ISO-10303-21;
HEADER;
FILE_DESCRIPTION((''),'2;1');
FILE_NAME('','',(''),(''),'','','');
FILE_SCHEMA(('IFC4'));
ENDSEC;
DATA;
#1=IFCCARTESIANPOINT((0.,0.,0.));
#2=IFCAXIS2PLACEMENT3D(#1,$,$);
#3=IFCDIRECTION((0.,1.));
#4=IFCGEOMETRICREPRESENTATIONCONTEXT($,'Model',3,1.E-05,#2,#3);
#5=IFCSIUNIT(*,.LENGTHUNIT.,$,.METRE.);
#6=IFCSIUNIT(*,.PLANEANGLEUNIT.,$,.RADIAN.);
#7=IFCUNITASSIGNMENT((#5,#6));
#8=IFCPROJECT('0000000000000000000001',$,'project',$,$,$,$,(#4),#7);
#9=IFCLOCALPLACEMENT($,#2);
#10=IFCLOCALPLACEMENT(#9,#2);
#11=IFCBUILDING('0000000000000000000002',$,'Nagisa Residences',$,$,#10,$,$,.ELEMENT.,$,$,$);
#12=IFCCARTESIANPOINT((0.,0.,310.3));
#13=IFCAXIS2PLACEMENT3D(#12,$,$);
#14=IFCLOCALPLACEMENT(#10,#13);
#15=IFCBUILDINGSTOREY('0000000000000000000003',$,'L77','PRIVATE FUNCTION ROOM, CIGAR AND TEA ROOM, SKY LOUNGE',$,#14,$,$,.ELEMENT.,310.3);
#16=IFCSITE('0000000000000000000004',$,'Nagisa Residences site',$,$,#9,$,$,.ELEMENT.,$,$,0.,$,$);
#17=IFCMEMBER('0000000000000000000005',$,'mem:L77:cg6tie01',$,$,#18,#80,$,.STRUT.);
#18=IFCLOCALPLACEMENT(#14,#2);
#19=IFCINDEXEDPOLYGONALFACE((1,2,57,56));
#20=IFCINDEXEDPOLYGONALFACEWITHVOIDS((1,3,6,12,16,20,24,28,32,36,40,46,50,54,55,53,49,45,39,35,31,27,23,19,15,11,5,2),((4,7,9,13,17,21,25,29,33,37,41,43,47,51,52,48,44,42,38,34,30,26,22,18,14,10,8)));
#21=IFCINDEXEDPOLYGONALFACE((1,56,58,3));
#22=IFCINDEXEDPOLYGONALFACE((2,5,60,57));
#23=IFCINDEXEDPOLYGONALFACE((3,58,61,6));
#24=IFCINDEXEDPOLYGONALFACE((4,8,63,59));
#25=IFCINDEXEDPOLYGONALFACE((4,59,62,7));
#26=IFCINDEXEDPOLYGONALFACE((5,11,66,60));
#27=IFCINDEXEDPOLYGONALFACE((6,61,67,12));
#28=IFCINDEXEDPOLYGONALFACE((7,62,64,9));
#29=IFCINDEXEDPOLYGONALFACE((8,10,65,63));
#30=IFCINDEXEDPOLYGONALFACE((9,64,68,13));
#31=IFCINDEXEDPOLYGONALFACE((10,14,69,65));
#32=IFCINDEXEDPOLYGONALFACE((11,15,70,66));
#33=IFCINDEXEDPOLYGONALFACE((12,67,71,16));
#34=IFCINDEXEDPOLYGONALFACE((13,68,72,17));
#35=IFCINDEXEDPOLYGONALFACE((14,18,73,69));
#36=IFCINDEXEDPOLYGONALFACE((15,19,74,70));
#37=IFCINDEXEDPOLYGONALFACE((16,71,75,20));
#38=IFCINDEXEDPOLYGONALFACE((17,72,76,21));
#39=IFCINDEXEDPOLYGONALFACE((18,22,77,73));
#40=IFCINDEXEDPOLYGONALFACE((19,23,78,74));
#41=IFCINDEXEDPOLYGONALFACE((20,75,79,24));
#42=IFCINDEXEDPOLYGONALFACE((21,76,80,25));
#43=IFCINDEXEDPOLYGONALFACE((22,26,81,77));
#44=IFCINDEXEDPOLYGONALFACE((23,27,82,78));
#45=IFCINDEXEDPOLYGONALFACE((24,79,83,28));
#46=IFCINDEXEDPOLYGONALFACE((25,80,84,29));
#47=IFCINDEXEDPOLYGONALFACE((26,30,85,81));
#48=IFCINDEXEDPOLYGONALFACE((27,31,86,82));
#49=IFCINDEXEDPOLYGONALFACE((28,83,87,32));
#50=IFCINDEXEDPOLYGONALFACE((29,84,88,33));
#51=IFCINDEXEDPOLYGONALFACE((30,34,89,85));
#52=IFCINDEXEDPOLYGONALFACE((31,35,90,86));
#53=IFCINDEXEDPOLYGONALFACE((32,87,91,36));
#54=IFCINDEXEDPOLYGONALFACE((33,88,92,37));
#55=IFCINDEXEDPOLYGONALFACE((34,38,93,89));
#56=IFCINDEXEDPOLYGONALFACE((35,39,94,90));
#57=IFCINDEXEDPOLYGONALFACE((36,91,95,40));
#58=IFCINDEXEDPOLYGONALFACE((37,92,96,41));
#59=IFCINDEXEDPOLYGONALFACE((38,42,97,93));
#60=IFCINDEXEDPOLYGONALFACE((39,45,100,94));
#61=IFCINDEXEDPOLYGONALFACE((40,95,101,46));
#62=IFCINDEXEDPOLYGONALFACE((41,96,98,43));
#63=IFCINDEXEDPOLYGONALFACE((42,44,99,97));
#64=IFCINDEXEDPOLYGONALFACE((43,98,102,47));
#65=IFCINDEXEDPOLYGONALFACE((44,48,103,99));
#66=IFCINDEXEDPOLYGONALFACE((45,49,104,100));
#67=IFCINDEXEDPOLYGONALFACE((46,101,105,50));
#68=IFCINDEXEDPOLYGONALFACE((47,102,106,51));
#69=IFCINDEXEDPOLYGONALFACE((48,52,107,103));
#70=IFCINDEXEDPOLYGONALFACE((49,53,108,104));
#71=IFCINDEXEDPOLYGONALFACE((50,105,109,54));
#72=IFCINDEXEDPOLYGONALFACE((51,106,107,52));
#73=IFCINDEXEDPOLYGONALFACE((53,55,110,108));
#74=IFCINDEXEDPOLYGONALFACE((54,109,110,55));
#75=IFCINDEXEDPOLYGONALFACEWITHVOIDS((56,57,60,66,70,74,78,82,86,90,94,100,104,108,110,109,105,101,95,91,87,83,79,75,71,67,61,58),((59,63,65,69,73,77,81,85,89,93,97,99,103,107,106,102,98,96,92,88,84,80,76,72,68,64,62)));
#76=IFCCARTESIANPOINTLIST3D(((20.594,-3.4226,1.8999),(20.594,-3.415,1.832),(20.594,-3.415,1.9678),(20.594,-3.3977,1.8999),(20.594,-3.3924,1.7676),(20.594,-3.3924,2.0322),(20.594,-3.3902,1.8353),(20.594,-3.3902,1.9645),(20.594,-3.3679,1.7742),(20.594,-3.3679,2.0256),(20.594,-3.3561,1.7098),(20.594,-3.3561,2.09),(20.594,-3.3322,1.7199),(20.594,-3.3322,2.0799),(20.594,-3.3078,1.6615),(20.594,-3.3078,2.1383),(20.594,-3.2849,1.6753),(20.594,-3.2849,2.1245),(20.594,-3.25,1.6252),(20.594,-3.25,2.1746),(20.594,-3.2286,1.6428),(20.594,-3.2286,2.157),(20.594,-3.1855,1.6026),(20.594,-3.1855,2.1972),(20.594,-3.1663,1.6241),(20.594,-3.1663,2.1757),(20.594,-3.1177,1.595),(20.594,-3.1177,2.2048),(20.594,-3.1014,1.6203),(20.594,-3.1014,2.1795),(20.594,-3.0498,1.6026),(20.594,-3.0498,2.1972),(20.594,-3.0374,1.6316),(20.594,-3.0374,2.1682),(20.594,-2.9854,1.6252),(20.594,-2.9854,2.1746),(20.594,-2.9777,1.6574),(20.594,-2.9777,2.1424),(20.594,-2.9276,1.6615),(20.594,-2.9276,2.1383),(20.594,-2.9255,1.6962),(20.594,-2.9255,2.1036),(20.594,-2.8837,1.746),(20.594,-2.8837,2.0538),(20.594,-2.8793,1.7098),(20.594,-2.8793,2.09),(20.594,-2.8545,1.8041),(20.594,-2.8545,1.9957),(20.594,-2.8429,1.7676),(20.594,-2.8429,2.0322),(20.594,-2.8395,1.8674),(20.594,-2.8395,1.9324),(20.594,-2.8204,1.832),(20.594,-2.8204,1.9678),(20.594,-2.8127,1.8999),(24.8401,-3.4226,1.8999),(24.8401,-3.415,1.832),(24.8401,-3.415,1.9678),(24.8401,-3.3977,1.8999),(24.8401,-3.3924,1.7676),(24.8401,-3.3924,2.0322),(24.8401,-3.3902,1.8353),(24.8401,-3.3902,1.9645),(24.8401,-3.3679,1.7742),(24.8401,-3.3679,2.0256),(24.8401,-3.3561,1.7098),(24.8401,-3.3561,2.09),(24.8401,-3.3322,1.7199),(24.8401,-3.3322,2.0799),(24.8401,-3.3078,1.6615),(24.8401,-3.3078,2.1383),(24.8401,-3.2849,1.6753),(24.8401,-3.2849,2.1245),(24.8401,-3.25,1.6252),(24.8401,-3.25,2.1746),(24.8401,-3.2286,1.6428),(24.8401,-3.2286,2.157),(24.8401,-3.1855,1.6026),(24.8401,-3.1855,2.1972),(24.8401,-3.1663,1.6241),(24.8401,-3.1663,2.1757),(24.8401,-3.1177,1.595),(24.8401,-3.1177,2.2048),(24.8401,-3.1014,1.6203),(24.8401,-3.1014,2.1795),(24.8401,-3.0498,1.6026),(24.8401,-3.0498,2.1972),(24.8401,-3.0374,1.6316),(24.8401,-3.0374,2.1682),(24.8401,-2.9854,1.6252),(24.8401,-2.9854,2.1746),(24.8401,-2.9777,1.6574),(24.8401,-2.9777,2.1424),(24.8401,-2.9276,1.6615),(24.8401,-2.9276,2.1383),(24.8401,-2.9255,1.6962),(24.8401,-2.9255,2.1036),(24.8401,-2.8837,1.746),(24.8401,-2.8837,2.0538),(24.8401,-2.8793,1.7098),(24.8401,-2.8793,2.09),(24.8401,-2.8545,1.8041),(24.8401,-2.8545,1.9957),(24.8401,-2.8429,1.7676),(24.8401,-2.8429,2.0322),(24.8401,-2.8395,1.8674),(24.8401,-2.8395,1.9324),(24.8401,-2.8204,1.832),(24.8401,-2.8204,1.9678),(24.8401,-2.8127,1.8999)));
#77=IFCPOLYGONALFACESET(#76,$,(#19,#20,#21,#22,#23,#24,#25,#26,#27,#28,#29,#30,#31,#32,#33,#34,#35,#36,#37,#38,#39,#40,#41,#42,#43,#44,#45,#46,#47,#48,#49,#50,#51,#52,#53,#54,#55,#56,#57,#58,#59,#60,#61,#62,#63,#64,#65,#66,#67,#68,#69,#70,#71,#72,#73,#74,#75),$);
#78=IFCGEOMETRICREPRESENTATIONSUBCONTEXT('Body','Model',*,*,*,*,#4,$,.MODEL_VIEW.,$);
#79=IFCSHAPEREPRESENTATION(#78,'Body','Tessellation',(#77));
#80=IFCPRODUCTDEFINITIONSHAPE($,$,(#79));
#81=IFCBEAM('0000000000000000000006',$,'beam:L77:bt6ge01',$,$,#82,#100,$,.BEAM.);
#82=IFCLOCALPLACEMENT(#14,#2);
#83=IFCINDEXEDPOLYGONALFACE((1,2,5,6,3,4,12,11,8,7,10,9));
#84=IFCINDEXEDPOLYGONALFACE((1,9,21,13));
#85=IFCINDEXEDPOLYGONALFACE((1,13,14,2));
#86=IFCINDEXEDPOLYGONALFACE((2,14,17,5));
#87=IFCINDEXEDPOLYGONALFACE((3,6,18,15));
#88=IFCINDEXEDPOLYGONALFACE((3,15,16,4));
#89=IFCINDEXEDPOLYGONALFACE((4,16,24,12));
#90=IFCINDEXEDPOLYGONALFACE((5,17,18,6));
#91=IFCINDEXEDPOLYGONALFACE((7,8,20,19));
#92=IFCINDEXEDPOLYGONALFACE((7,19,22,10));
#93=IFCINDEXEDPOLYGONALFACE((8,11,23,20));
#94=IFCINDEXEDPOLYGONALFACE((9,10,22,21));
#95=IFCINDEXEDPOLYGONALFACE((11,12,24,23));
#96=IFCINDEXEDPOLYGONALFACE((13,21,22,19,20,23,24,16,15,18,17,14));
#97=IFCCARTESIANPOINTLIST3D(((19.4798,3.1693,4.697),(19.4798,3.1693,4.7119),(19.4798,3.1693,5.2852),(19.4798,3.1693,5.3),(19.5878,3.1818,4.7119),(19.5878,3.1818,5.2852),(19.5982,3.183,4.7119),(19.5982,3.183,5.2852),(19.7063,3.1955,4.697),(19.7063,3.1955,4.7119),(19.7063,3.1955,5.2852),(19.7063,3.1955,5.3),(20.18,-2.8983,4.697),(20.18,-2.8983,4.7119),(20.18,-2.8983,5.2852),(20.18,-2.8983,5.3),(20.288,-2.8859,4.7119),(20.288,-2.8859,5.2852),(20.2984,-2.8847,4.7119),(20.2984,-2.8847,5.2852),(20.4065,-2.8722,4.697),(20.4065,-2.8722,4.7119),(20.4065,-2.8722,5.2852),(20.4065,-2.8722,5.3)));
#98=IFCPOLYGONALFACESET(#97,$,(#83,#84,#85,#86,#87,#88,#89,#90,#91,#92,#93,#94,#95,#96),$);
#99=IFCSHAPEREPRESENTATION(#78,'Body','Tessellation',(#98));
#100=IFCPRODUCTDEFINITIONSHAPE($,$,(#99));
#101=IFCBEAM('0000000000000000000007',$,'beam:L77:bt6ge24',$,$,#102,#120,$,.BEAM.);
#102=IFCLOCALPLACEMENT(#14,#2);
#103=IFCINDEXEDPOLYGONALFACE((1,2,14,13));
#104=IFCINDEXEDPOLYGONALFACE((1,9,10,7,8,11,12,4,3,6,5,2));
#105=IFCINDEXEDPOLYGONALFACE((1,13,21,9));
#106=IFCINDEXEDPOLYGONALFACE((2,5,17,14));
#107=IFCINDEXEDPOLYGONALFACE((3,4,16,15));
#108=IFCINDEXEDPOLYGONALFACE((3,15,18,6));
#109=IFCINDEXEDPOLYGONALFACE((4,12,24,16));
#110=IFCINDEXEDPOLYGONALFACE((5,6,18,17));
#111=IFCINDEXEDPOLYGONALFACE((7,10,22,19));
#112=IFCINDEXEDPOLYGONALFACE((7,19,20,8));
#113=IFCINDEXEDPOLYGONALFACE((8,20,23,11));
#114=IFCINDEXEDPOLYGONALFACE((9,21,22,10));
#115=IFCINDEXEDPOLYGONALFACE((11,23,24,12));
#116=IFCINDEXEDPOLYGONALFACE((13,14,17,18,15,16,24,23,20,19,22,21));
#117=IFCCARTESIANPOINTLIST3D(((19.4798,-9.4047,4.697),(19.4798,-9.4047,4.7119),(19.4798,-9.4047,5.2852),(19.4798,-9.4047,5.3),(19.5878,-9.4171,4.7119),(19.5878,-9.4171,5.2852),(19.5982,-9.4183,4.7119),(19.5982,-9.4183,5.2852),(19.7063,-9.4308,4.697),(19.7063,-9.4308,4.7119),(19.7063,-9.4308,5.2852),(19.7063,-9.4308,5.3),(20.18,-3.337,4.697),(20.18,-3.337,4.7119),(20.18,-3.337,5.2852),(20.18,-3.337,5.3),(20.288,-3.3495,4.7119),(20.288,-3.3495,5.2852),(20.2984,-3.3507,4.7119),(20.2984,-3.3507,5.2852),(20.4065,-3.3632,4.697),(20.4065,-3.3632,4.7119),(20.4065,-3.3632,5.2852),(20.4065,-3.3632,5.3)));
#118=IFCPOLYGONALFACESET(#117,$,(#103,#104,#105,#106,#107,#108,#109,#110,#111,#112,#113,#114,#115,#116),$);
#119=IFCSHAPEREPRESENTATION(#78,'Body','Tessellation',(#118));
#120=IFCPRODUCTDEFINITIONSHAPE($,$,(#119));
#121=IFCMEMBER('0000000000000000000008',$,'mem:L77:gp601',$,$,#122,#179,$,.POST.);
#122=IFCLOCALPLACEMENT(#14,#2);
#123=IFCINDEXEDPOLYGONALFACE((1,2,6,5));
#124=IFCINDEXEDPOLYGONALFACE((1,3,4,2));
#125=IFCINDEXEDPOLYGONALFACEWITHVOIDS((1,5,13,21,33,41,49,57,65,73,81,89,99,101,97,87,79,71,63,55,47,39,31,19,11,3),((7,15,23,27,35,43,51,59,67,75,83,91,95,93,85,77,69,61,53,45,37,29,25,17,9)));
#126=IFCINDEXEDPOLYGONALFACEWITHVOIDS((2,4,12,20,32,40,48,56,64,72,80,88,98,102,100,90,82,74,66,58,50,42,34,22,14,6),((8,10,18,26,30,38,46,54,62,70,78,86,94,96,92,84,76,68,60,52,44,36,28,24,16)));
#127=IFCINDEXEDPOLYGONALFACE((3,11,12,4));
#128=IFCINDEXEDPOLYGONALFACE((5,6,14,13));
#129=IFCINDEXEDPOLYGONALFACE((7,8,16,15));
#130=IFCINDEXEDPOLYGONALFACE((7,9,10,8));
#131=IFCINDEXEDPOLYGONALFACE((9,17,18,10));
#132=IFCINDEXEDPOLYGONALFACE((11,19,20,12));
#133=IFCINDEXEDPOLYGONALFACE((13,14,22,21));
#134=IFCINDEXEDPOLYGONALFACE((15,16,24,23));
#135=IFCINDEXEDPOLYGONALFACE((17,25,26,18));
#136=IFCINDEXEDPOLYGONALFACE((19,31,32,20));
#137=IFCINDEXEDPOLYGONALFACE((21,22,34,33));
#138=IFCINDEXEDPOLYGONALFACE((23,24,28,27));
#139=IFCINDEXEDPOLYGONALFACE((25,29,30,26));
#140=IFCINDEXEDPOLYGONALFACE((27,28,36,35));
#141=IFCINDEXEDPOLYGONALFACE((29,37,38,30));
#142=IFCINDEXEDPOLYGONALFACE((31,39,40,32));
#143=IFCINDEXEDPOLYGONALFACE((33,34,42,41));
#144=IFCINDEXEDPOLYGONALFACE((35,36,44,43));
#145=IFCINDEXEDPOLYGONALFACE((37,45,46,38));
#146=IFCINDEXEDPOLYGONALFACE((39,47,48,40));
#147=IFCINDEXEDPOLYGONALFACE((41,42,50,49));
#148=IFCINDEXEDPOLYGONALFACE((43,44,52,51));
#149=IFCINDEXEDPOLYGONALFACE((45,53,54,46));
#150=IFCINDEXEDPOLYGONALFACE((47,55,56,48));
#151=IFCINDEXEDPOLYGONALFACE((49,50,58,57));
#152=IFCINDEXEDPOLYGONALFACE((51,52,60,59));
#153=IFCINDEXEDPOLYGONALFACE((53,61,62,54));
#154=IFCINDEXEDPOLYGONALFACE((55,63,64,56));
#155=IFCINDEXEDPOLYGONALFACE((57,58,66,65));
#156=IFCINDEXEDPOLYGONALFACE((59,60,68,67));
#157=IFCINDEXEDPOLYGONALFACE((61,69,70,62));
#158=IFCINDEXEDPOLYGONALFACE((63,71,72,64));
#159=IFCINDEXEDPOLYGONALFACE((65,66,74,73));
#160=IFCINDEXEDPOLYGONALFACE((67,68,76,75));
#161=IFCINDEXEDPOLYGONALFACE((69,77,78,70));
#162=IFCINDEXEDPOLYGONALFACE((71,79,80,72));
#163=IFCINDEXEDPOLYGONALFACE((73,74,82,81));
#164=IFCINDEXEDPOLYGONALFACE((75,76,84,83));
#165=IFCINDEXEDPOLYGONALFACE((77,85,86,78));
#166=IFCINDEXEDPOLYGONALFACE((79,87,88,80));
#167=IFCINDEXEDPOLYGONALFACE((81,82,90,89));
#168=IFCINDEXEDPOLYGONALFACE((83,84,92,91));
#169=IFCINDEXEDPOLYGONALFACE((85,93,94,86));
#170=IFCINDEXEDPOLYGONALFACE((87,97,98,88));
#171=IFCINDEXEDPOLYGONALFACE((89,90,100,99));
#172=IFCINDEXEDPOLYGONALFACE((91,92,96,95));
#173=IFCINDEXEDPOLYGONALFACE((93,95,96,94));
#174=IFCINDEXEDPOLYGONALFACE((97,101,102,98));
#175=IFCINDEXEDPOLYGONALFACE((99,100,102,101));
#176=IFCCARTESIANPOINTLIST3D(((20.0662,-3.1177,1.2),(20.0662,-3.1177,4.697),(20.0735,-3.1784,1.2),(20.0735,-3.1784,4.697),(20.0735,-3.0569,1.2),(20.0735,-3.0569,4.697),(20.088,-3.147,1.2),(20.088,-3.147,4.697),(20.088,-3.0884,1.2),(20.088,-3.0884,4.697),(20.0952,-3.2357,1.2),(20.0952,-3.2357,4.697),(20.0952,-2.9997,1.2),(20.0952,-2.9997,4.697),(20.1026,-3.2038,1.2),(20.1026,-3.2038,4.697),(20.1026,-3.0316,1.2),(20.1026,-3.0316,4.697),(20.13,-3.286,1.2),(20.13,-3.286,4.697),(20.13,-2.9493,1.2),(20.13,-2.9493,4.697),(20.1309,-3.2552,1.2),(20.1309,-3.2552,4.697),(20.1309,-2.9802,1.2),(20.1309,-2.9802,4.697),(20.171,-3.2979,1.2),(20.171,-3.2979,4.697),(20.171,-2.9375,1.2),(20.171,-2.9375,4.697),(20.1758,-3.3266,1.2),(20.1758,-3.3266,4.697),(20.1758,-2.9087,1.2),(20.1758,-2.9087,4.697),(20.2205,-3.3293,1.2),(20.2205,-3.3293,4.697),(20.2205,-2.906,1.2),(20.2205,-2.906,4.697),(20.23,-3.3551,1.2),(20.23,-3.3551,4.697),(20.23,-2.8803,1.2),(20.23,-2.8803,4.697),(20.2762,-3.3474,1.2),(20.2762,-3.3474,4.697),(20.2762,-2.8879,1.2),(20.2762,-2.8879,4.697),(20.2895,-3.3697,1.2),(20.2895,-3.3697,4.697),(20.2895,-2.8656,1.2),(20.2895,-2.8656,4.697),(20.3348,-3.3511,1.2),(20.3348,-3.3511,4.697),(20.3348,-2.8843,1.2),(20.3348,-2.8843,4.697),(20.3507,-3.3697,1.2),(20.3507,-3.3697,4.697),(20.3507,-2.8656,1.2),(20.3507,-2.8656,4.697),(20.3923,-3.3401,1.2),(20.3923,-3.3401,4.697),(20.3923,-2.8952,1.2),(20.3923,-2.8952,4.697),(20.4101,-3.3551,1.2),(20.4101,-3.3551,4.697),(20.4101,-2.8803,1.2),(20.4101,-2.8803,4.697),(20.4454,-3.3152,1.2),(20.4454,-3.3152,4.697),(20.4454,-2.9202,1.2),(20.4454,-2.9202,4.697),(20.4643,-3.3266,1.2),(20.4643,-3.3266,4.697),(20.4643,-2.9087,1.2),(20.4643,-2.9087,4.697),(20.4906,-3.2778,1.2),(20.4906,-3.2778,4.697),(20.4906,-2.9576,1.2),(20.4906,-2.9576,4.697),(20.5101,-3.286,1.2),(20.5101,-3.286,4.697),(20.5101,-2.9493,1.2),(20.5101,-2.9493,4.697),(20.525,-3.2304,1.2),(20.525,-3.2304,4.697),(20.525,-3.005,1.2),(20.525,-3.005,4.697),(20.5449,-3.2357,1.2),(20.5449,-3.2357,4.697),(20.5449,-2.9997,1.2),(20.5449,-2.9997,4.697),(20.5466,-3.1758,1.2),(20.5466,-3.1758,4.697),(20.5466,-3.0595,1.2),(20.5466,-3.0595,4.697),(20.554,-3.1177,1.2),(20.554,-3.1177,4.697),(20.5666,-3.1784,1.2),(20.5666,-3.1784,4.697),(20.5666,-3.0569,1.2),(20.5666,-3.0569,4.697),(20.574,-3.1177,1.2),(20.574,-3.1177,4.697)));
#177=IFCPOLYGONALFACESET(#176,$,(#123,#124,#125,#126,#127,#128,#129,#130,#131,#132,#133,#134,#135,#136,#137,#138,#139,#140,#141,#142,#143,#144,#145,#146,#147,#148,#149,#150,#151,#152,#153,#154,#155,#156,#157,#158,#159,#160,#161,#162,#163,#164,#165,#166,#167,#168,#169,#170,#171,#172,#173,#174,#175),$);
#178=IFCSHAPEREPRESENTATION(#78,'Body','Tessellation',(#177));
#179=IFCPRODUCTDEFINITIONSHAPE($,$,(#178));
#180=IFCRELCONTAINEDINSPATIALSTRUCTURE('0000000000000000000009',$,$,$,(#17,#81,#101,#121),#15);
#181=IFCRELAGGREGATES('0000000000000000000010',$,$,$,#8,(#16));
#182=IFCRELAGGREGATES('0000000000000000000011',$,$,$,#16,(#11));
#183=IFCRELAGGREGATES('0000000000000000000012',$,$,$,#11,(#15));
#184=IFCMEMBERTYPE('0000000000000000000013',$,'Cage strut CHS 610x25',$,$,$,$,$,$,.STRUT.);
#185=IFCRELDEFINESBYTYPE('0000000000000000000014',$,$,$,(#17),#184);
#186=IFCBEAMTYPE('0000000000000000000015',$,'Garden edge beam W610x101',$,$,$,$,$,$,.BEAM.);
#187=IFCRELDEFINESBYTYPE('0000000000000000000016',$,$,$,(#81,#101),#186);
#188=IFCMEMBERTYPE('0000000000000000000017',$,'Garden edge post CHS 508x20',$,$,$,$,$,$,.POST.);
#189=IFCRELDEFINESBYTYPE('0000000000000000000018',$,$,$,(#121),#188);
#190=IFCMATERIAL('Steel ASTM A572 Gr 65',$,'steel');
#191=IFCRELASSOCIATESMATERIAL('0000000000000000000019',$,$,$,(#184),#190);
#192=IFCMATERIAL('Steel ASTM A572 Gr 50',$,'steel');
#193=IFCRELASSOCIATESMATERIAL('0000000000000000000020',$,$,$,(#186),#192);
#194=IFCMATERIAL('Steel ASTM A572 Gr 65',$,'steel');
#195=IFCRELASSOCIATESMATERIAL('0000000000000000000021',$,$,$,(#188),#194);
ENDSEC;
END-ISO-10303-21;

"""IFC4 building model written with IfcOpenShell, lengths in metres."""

from ifc_helpers import new_model, si_unit, direction, frame, origin, origin_2d, place, context, subcontext, project, spatial, hollow_circle, i_section, extrude, material, material_profile, profile_set, type_object, element, save


model = new_model("IFC4")

# Units and contexts
model_context = context("Model", 3, precision=1e-05, world=origin(), true_north=direction((0.0, 1.0)))
body_context = subcontext(model_context, "Body", "Model", "MODEL_VIEW")
ifc_project = project(units=[si_unit("LENGTHUNIT", "METRE"), si_unit("PLANEANGLEUNIT", "RADIAN")], contexts=[model_context])

# Site, building, storey
site_placement = place(None, origin())
site = spatial("IfcSite", under=ifc_project, at=site_placement, Name="Nagisa Residences site", CompositionType="ELEMENT", RefElevation=0.0)
building_placement = place(site_placement, origin())
building = spatial("IfcBuilding", under=site, at=building_placement, Name="Nagisa Residences", CompositionType="ELEMENT")
storey_placement = place(building_placement, frame((0.0, 0.0, 310.3)))
storey = spatial("IfcBuildingStorey", under=building, at=storey_placement, Name="L77", Description="PRIVATE FUNCTION ROOM, CIGAR AND TEA ROOM, SKY LOUNGE", CompositionType="ELEMENT", Elevation=310.3)

# Member
ifc_material_1 = material(Name="Steel ASTM A572 Gr 65", Category="steel")
ifc_material_profile_1 = material_profile(ifc_material_1, hollow_circle(Radius=0.3049, WallThickness=0.0249, at=origin_2d()), Name="CHS 610x25")
ifc_profile_set_1 = profile_set([ifc_material_profile_1], Name="Steel ASTM A572 Gr 65")
member_type_1 = type_object("IfcMemberType", Name="Cage strut CHS 610x25", PredefinedType="STRUT", material=ifc_profile_set_1)
member_1_placement = place(storey_placement, frame((24.8401, -3.1177, 1.8999), z_axis=(-1.0, 0.0, 0.0), x_axis=(0.0, -1.0, 0.0)))
element("IfcMember", 1, at=member_1_placement, inside=storey, type_object=member_type_1, Name="mem:L77:cg6tie01", PredefinedType="STRUT", context=body_context, shape_type="SweptSolid", body=[
    extrude(hollow_circle(Radius=0.3049, WallThickness=0.0249, at=origin_2d()), origin(), (0.0, 0.0, 1.0), 4.2461),
])

# Beams
ifc_material_2 = material(Name="Steel ASTM A572 Gr 50", Category="steel")
ifc_material_profile_2 = material_profile(ifc_material_2, i_section(OverallWidth=0.228, OverallDepth=0.603, WebThickness=0.0105, FlangeThickness=0.0149, at=origin_2d()), Name="W610x101")
ifc_profile_set_2 = profile_set([ifc_material_profile_2], Name="Steel ASTM A572 Gr 50")
beam_type_1 = type_object("IfcBeamType", Name="Garden edge beam W610x101", PredefinedType="BEAM", material=ifc_profile_set_2)
for number, where, z_axis, x_axis, name in (
    (2, (20.2932, -2.8853, 4.9985), (-0.114638, 0.993407, 0.0), (-0.993407, -0.114638, 0.0), "beam:L77:bt6ge01"),
    (3, (19.593, -9.4177, 4.9985), (0.114638, 0.993407, 0.0), (-0.993407, 0.114638, 0.0), "beam:L77:bt6ge24"),
):
    element("IfcBeam", number, at=place(storey_placement, frame(where, z_axis=z_axis, x_axis=x_axis)), inside=storey, type_object=beam_type_1, Name=name, PredefinedType="BEAM", context=body_context, shape_type="SweptSolid", body=[
        extrude(i_section(OverallWidth=0.228, OverallDepth=0.603, WebThickness=0.0105, FlangeThickness=0.0149, at=origin_2d()), origin(), (0.0, 0.0, 1.0), 6.1079),
    ])

# Member
ifc_material_3 = material(Name="Steel ASTM A572 Gr 65", Category="steel")
ifc_material_profile_3 = material_profile(ifc_material_3, hollow_circle(Radius=0.2539, WallThickness=0.02, at=origin_2d()), Name="CHS 508x20")
ifc_profile_set_3 = profile_set([ifc_material_profile_3], Name="Steel ASTM A572 Gr 65")
member_type_2 = type_object("IfcMemberType", Name="Garden edge post CHS 508x20", PredefinedType="POST", material=ifc_profile_set_3)
member_2_placement = place(storey_placement, frame((20.3201, -3.1177, 1.2), z_axis=(0.0, 0.0, 1.0), x_axis=(1.0, 0.0, 0.0)))
element("IfcMember", 4, at=member_2_placement, inside=storey, type_object=member_type_2, Name="mem:L77:gp601", PredefinedType="POST", context=body_context, shape_type="SweptSolid", body=[
    extrude(hollow_circle(Radius=0.2539, WallThickness=0.02, at=origin_2d()), origin(), (0.0, 0.0, 1.0), 3.4971),
])

save(model, "model.ifc")
